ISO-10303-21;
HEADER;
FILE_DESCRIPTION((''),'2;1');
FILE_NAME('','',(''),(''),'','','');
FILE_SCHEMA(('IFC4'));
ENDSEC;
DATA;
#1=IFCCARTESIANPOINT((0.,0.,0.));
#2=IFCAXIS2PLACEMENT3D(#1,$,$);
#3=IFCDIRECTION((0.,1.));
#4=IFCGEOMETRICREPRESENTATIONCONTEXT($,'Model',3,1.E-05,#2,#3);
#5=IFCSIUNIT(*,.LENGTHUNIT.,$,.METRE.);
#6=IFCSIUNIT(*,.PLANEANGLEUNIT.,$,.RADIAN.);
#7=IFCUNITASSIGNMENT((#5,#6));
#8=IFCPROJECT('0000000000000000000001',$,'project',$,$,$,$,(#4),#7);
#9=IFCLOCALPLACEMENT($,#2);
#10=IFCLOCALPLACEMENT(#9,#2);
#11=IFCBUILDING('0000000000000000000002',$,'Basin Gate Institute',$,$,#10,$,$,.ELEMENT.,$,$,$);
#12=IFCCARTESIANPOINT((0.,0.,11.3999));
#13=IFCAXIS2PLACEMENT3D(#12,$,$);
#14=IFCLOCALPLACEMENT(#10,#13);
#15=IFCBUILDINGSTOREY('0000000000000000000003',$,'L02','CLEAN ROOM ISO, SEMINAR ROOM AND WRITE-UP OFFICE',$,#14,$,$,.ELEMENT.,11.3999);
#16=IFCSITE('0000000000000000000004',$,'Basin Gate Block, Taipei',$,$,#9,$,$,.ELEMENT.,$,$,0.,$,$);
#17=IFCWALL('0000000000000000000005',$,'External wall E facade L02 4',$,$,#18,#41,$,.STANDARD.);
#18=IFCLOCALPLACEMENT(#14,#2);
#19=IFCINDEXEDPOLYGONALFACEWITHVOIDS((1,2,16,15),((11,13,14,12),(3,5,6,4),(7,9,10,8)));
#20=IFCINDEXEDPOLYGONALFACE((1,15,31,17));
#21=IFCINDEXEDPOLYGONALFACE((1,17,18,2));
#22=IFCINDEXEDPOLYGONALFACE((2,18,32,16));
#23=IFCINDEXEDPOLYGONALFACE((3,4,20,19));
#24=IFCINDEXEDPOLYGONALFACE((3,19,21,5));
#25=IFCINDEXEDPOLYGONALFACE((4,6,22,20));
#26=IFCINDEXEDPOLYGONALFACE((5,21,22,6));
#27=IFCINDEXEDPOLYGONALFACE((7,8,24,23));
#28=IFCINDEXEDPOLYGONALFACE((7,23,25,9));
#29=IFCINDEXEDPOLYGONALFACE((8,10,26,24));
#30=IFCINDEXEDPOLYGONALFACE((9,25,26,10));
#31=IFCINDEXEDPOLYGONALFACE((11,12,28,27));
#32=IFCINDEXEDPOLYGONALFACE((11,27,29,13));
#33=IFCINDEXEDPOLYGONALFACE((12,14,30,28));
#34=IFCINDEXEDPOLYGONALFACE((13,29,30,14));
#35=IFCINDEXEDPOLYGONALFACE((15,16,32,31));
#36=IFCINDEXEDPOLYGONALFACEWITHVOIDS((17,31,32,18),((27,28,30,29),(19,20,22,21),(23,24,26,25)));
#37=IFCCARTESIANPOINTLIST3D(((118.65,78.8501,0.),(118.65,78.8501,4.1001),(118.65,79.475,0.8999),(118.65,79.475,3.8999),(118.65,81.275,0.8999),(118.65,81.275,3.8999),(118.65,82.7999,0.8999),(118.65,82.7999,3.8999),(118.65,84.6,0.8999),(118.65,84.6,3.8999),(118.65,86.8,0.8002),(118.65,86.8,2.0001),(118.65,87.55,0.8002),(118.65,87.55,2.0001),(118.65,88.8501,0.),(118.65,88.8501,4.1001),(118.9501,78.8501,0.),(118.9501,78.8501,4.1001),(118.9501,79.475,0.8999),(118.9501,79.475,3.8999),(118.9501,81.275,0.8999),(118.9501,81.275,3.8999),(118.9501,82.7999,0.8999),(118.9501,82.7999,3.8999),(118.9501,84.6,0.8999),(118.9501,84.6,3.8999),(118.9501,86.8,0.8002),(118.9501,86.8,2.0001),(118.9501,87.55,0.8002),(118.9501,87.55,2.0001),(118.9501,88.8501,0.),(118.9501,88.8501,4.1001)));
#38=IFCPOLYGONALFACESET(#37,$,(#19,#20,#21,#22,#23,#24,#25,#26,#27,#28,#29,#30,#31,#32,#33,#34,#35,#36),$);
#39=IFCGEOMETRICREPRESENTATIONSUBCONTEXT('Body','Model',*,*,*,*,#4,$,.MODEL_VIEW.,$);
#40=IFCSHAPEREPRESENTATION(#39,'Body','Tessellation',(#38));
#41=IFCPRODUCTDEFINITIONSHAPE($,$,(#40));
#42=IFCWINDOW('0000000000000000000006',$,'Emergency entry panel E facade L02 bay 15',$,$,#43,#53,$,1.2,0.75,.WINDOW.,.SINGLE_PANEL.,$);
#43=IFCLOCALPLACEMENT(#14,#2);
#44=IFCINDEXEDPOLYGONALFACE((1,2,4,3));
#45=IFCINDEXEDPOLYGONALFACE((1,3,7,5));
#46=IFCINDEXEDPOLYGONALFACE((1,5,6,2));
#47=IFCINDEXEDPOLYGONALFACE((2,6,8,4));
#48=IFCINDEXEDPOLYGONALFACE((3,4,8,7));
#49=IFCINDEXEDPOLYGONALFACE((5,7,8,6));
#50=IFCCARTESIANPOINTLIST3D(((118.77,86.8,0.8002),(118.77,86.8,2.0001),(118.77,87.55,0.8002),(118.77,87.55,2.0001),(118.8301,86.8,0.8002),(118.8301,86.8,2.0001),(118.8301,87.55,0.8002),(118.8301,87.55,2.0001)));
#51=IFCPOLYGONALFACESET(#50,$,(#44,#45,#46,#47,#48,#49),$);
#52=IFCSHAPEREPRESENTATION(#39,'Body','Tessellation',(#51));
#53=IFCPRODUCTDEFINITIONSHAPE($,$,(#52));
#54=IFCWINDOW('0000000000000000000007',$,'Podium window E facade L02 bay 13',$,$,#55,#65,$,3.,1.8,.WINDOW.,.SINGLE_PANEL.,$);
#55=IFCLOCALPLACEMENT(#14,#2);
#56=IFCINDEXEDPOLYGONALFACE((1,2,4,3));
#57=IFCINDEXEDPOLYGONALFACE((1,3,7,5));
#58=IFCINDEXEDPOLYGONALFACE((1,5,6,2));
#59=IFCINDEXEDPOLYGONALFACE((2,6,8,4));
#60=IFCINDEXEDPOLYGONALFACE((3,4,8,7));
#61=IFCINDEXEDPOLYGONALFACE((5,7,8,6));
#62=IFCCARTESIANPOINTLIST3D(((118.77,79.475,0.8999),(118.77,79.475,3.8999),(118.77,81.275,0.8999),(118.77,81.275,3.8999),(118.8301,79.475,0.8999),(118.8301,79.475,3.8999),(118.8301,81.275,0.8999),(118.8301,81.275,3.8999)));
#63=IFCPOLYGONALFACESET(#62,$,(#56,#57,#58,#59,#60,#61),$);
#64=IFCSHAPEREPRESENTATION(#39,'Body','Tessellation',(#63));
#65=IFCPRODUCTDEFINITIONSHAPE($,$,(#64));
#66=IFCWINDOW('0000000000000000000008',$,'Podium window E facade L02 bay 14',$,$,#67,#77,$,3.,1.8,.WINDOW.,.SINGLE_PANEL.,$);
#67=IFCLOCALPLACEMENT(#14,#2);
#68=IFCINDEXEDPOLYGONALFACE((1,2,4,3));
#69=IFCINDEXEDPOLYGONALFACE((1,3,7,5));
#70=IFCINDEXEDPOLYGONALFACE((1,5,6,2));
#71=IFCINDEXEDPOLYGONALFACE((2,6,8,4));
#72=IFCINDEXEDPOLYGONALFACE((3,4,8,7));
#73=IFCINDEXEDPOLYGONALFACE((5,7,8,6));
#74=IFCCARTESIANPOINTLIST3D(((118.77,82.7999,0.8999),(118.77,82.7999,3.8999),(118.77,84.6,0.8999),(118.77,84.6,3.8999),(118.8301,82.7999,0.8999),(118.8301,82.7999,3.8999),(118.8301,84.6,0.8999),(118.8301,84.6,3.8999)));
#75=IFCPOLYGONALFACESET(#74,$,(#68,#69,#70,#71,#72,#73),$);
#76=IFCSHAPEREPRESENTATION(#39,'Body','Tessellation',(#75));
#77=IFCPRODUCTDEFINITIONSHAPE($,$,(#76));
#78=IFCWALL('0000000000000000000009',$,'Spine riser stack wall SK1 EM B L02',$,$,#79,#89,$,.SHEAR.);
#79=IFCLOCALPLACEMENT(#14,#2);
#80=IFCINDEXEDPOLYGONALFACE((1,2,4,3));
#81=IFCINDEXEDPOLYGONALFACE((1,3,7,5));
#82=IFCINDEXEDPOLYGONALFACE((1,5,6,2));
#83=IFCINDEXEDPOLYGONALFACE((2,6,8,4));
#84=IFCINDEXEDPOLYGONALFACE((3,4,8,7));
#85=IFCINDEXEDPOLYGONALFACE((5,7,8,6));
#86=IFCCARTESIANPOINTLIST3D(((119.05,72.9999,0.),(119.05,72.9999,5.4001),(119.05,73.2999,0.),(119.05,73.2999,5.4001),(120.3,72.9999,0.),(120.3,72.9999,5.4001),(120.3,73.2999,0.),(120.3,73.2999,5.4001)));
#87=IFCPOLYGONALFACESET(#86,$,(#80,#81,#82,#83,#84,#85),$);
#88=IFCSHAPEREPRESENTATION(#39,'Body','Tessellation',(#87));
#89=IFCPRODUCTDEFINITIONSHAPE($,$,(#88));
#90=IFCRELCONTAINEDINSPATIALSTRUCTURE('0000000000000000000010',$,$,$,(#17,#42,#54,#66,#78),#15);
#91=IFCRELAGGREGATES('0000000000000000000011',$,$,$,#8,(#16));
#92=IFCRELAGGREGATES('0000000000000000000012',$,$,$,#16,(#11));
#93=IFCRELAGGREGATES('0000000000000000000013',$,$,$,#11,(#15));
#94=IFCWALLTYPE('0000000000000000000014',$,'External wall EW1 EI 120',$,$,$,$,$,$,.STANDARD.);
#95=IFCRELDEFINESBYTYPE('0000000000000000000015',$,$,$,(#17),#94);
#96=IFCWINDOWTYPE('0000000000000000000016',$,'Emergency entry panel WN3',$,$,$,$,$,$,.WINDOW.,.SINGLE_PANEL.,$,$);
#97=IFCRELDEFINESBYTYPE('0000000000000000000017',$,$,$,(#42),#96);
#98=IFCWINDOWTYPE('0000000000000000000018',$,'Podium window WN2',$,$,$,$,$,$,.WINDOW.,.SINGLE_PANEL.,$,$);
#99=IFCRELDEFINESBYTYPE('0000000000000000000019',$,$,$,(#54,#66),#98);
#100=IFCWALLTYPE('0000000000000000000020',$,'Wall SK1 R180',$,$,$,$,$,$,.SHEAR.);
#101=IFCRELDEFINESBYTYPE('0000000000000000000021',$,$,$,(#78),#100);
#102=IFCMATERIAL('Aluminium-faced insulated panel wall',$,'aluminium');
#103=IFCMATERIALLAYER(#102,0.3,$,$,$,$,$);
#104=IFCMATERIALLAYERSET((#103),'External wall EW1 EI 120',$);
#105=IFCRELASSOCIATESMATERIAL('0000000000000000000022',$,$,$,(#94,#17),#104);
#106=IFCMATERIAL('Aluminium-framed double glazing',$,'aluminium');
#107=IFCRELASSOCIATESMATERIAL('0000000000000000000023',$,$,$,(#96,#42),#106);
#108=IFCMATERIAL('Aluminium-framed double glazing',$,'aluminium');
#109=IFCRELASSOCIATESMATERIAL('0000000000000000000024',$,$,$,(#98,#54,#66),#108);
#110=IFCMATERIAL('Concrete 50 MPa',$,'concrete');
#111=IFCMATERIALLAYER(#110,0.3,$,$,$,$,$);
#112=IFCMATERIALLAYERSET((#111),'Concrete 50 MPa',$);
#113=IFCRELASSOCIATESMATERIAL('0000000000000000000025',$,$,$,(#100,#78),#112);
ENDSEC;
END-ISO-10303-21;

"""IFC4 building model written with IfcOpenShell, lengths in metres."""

from ifc_helpers import new_model, si_unit, direction, frame, frame_2d, origin, place, context, subcontext, project, spatial, rectangle, extrude, material, layer, layer_set, type_object, element, fill, save


model = new_model("IFC4")

# Units and contexts
model_context = context("Model", 3, precision=1e-05, world=origin(), true_north=direction((0.0, 1.0)))
body_context = subcontext(model_context, "Body", "Model", "MODEL_VIEW")
ifc_project = project(units=[si_unit("LENGTHUNIT", "METRE"), si_unit("PLANEANGLEUNIT", "RADIAN")], contexts=[model_context])

# Site, building, storey
site_placement = place(None, origin())
site = spatial("IfcSite", under=ifc_project, at=site_placement, Name="Basin Gate Block, Taipei", CompositionType="ELEMENT", RefElevation=0.0)
building_placement = place(site_placement, origin())
building = spatial("IfcBuilding", under=site, at=building_placement, Name="Basin Gate Institute", CompositionType="ELEMENT")
storey_placement = place(building_placement, frame((0.0, 0.0, 11.3999)))
storey = spatial("IfcBuildingStorey", under=building, at=storey_placement, Name="L02", Description="CLEAN ROOM ISO, SEMINAR ROOM AND WRITE-UP OFFICE", CompositionType="ELEMENT", Elevation=11.3999)

# Shared definitions
ifc_material_1 = material(Name="Aluminium-faced insulated panel wall", Category="aluminium")
ifc_layer_1 = layer(ifc_material_1, 0.3)
ifc_layer_set_1 = layer_set([ifc_layer_1], Name="External wall EW1 EI 120")
wall_type_1 = type_object("IfcWallType", Name="External wall EW1 EI 120", PredefinedType="STANDARD", material=ifc_layer_set_1)
ifc_material_2 = material(Name="Aluminium-framed double glazing", Category="aluminium")
window_type_1 = type_object("IfcWindowType", Name="Emergency entry panel WN3", PartitioningType="SINGLE_PANEL", PredefinedType="WINDOW", material=ifc_material_2)

# Wall, openings, windows
wall_1_placement = place(storey_placement, frame((118.8, 78.8501, 0.0), z_axis=(0.0, 0.0, 1.0), x_axis=(0.0, 1.0, 0.0)))
wall_1 = element("IfcWall", 1, at=wall_1_placement, inside=storey, type_object=wall_type_1, material=ifc_layer_set_1, Name="External wall E facade L02 4", PredefinedType="STANDARD", context=body_context, shape_type="SweptSolid", body=[
    extrude(rectangle(XDim=10.0, YDim=0.3, at=frame_2d((5.0, 0.0))), origin(), (0.0, 0.0, 1.0), 4.1001),
])
opening_1_placement = place(wall_1_placement, frame((0.625, 0.0, 0.8999)))
opening_1 = element("IfcOpeningElement", 2, at=opening_1_placement, cuts=wall_1, PredefinedType="OPENING", context=body_context, shape_type="SweptSolid", body=[
    extrude(rectangle(XDim=1.8, YDim=3.0, at=frame_2d((0.8999, 1.5))), frame((0.0, 0.1602, 0.0), z_axis=(0.0, -1.0, 0.0), x_axis=(1.0, 0.0, 0.0)), (0.0, 0.0, 1.0), 0.3201),
])
opening_2_placement = place(wall_1_placement, frame((3.95, 0.0, 0.8999)))
opening_2 = element("IfcOpeningElement", 3, at=opening_2_placement, cuts=wall_1, PredefinedType="OPENING", context=body_context, shape_type="SweptSolid", body=[
    extrude(rectangle(XDim=1.8, YDim=3.0, at=frame_2d((0.8999, 1.5))), frame((0.0, 0.1602, 0.0), z_axis=(0.0, -1.0, 0.0), x_axis=(1.0, 0.0, 0.0)), (0.0, 0.0, 1.0), 0.3201),
])
opening_3_placement = place(wall_1_placement, frame((7.95, 0.0, 0.8)))
opening_3 = element("IfcOpeningElement", 4, at=opening_3_placement, cuts=wall_1, PredefinedType="OPENING", context=body_context, shape_type="SweptSolid", body=[
    extrude(rectangle(XDim=0.75, YDim=1.2, at=frame_2d((0.375, 0.6001))), frame((0.0, 0.1602, 0.0), z_axis=(0.0, -1.0, 0.0), x_axis=(1.0, 0.0, 0.0)), (0.0, 0.0, 1.0), 0.3201),
])
window_1_placement = place(opening_3_placement, origin())
window_1 = element("IfcWindow", 5, at=window_1_placement, inside=storey, type_object=window_type_1, material=ifc_material_2, Name="Emergency entry panel E facade L02 bay 15", OverallHeight=1.2, OverallWidth=0.75, PartitioningType="SINGLE_PANEL", PredefinedType="WINDOW", context=body_context, shape_type="SweptSolid", body=[
    extrude(rectangle(XDim=0.75, YDim=1.2, at=frame_2d((0.375, 0.6001))), frame((0.0, 0.03, 0.0), z_axis=(0.0, -1.0, 0.0), x_axis=(1.0, 0.0, 0.0)), (0.0, 0.0, 1.0), 0.0601),
])
fill(opening_3, window_1)
ifc_material_3 = material(Name="Aluminium-framed double glazing", Category="aluminium")
window_type_2 = type_object("IfcWindowType", Name="Podium window WN2", PartitioningType="SINGLE_PANEL", PredefinedType="WINDOW", material=ifc_material_3)
window_2_placement = place(opening_1_placement, origin())
window_2 = element("IfcWindow", 6, at=window_2_placement, inside=storey, type_object=window_type_2, material=ifc_material_3, Name="Podium window E facade L02 bay 13", OverallHeight=3.0, OverallWidth=1.8, PartitioningType="SINGLE_PANEL", PredefinedType="WINDOW", context=body_context, shape_type="SweptSolid", body=[
    extrude(rectangle(XDim=1.8, YDim=3.0, at=frame_2d((0.8999, 1.5))), frame((0.0, 0.03, 0.0), z_axis=(0.0, -1.0, 0.0), x_axis=(1.0, 0.0, 0.0)), (0.0, 0.0, 1.0), 0.0601),
])
fill(opening_1, window_2)
window_3_placement = place(opening_2_placement, origin())
window_3 = element("IfcWindow", 7, at=window_3_placement, inside=storey, type_object=window_type_2, material=ifc_material_3, Name="Podium window E facade L02 bay 14", OverallHeight=3.0, OverallWidth=1.8, PartitioningType="SINGLE_PANEL", PredefinedType="WINDOW", context=body_context, shape_type="SweptSolid", body=[
    extrude(rectangle(XDim=1.8, YDim=3.0, at=frame_2d((0.8999, 1.5))), frame((0.0, 0.03, 0.0), z_axis=(0.0, -1.0, 0.0), x_axis=(1.0, 0.0, 0.0)), (0.0, 0.0, 1.0), 0.0601),
])
fill(opening_2, window_3)

# Wall
ifc_material_4 = material(Name="Concrete 50 MPa", Category="concrete")
ifc_layer_2 = layer(ifc_material_4, 0.3)
ifc_layer_set_2 = layer_set([ifc_layer_2], Name="Concrete 50 MPa")
wall_type_2 = type_object("IfcWallType", Name="Wall SK1 R180", PredefinedType="SHEAR", material=ifc_layer_set_2)
wall_2_placement = place(storey_placement, frame((119.05, 73.1499, 0.0), z_axis=(0.0, 0.0, 1.0), x_axis=(1.0, 0.0, 0.0)))
element("IfcWall", 8, at=wall_2_placement, inside=storey, type_object=wall_type_2, material=ifc_layer_set_2, Name="Spine riser stack wall SK1 EM B L02", PredefinedType="SHEAR", context=body_context, shape_type="SweptSolid", body=[
    extrude(rectangle(XDim=1.25, YDim=0.3, at=frame_2d((0.625, 0.0))), origin(), (0.0, 0.0, 1.0), 5.4001),
])

save(model, "model.ifc")
